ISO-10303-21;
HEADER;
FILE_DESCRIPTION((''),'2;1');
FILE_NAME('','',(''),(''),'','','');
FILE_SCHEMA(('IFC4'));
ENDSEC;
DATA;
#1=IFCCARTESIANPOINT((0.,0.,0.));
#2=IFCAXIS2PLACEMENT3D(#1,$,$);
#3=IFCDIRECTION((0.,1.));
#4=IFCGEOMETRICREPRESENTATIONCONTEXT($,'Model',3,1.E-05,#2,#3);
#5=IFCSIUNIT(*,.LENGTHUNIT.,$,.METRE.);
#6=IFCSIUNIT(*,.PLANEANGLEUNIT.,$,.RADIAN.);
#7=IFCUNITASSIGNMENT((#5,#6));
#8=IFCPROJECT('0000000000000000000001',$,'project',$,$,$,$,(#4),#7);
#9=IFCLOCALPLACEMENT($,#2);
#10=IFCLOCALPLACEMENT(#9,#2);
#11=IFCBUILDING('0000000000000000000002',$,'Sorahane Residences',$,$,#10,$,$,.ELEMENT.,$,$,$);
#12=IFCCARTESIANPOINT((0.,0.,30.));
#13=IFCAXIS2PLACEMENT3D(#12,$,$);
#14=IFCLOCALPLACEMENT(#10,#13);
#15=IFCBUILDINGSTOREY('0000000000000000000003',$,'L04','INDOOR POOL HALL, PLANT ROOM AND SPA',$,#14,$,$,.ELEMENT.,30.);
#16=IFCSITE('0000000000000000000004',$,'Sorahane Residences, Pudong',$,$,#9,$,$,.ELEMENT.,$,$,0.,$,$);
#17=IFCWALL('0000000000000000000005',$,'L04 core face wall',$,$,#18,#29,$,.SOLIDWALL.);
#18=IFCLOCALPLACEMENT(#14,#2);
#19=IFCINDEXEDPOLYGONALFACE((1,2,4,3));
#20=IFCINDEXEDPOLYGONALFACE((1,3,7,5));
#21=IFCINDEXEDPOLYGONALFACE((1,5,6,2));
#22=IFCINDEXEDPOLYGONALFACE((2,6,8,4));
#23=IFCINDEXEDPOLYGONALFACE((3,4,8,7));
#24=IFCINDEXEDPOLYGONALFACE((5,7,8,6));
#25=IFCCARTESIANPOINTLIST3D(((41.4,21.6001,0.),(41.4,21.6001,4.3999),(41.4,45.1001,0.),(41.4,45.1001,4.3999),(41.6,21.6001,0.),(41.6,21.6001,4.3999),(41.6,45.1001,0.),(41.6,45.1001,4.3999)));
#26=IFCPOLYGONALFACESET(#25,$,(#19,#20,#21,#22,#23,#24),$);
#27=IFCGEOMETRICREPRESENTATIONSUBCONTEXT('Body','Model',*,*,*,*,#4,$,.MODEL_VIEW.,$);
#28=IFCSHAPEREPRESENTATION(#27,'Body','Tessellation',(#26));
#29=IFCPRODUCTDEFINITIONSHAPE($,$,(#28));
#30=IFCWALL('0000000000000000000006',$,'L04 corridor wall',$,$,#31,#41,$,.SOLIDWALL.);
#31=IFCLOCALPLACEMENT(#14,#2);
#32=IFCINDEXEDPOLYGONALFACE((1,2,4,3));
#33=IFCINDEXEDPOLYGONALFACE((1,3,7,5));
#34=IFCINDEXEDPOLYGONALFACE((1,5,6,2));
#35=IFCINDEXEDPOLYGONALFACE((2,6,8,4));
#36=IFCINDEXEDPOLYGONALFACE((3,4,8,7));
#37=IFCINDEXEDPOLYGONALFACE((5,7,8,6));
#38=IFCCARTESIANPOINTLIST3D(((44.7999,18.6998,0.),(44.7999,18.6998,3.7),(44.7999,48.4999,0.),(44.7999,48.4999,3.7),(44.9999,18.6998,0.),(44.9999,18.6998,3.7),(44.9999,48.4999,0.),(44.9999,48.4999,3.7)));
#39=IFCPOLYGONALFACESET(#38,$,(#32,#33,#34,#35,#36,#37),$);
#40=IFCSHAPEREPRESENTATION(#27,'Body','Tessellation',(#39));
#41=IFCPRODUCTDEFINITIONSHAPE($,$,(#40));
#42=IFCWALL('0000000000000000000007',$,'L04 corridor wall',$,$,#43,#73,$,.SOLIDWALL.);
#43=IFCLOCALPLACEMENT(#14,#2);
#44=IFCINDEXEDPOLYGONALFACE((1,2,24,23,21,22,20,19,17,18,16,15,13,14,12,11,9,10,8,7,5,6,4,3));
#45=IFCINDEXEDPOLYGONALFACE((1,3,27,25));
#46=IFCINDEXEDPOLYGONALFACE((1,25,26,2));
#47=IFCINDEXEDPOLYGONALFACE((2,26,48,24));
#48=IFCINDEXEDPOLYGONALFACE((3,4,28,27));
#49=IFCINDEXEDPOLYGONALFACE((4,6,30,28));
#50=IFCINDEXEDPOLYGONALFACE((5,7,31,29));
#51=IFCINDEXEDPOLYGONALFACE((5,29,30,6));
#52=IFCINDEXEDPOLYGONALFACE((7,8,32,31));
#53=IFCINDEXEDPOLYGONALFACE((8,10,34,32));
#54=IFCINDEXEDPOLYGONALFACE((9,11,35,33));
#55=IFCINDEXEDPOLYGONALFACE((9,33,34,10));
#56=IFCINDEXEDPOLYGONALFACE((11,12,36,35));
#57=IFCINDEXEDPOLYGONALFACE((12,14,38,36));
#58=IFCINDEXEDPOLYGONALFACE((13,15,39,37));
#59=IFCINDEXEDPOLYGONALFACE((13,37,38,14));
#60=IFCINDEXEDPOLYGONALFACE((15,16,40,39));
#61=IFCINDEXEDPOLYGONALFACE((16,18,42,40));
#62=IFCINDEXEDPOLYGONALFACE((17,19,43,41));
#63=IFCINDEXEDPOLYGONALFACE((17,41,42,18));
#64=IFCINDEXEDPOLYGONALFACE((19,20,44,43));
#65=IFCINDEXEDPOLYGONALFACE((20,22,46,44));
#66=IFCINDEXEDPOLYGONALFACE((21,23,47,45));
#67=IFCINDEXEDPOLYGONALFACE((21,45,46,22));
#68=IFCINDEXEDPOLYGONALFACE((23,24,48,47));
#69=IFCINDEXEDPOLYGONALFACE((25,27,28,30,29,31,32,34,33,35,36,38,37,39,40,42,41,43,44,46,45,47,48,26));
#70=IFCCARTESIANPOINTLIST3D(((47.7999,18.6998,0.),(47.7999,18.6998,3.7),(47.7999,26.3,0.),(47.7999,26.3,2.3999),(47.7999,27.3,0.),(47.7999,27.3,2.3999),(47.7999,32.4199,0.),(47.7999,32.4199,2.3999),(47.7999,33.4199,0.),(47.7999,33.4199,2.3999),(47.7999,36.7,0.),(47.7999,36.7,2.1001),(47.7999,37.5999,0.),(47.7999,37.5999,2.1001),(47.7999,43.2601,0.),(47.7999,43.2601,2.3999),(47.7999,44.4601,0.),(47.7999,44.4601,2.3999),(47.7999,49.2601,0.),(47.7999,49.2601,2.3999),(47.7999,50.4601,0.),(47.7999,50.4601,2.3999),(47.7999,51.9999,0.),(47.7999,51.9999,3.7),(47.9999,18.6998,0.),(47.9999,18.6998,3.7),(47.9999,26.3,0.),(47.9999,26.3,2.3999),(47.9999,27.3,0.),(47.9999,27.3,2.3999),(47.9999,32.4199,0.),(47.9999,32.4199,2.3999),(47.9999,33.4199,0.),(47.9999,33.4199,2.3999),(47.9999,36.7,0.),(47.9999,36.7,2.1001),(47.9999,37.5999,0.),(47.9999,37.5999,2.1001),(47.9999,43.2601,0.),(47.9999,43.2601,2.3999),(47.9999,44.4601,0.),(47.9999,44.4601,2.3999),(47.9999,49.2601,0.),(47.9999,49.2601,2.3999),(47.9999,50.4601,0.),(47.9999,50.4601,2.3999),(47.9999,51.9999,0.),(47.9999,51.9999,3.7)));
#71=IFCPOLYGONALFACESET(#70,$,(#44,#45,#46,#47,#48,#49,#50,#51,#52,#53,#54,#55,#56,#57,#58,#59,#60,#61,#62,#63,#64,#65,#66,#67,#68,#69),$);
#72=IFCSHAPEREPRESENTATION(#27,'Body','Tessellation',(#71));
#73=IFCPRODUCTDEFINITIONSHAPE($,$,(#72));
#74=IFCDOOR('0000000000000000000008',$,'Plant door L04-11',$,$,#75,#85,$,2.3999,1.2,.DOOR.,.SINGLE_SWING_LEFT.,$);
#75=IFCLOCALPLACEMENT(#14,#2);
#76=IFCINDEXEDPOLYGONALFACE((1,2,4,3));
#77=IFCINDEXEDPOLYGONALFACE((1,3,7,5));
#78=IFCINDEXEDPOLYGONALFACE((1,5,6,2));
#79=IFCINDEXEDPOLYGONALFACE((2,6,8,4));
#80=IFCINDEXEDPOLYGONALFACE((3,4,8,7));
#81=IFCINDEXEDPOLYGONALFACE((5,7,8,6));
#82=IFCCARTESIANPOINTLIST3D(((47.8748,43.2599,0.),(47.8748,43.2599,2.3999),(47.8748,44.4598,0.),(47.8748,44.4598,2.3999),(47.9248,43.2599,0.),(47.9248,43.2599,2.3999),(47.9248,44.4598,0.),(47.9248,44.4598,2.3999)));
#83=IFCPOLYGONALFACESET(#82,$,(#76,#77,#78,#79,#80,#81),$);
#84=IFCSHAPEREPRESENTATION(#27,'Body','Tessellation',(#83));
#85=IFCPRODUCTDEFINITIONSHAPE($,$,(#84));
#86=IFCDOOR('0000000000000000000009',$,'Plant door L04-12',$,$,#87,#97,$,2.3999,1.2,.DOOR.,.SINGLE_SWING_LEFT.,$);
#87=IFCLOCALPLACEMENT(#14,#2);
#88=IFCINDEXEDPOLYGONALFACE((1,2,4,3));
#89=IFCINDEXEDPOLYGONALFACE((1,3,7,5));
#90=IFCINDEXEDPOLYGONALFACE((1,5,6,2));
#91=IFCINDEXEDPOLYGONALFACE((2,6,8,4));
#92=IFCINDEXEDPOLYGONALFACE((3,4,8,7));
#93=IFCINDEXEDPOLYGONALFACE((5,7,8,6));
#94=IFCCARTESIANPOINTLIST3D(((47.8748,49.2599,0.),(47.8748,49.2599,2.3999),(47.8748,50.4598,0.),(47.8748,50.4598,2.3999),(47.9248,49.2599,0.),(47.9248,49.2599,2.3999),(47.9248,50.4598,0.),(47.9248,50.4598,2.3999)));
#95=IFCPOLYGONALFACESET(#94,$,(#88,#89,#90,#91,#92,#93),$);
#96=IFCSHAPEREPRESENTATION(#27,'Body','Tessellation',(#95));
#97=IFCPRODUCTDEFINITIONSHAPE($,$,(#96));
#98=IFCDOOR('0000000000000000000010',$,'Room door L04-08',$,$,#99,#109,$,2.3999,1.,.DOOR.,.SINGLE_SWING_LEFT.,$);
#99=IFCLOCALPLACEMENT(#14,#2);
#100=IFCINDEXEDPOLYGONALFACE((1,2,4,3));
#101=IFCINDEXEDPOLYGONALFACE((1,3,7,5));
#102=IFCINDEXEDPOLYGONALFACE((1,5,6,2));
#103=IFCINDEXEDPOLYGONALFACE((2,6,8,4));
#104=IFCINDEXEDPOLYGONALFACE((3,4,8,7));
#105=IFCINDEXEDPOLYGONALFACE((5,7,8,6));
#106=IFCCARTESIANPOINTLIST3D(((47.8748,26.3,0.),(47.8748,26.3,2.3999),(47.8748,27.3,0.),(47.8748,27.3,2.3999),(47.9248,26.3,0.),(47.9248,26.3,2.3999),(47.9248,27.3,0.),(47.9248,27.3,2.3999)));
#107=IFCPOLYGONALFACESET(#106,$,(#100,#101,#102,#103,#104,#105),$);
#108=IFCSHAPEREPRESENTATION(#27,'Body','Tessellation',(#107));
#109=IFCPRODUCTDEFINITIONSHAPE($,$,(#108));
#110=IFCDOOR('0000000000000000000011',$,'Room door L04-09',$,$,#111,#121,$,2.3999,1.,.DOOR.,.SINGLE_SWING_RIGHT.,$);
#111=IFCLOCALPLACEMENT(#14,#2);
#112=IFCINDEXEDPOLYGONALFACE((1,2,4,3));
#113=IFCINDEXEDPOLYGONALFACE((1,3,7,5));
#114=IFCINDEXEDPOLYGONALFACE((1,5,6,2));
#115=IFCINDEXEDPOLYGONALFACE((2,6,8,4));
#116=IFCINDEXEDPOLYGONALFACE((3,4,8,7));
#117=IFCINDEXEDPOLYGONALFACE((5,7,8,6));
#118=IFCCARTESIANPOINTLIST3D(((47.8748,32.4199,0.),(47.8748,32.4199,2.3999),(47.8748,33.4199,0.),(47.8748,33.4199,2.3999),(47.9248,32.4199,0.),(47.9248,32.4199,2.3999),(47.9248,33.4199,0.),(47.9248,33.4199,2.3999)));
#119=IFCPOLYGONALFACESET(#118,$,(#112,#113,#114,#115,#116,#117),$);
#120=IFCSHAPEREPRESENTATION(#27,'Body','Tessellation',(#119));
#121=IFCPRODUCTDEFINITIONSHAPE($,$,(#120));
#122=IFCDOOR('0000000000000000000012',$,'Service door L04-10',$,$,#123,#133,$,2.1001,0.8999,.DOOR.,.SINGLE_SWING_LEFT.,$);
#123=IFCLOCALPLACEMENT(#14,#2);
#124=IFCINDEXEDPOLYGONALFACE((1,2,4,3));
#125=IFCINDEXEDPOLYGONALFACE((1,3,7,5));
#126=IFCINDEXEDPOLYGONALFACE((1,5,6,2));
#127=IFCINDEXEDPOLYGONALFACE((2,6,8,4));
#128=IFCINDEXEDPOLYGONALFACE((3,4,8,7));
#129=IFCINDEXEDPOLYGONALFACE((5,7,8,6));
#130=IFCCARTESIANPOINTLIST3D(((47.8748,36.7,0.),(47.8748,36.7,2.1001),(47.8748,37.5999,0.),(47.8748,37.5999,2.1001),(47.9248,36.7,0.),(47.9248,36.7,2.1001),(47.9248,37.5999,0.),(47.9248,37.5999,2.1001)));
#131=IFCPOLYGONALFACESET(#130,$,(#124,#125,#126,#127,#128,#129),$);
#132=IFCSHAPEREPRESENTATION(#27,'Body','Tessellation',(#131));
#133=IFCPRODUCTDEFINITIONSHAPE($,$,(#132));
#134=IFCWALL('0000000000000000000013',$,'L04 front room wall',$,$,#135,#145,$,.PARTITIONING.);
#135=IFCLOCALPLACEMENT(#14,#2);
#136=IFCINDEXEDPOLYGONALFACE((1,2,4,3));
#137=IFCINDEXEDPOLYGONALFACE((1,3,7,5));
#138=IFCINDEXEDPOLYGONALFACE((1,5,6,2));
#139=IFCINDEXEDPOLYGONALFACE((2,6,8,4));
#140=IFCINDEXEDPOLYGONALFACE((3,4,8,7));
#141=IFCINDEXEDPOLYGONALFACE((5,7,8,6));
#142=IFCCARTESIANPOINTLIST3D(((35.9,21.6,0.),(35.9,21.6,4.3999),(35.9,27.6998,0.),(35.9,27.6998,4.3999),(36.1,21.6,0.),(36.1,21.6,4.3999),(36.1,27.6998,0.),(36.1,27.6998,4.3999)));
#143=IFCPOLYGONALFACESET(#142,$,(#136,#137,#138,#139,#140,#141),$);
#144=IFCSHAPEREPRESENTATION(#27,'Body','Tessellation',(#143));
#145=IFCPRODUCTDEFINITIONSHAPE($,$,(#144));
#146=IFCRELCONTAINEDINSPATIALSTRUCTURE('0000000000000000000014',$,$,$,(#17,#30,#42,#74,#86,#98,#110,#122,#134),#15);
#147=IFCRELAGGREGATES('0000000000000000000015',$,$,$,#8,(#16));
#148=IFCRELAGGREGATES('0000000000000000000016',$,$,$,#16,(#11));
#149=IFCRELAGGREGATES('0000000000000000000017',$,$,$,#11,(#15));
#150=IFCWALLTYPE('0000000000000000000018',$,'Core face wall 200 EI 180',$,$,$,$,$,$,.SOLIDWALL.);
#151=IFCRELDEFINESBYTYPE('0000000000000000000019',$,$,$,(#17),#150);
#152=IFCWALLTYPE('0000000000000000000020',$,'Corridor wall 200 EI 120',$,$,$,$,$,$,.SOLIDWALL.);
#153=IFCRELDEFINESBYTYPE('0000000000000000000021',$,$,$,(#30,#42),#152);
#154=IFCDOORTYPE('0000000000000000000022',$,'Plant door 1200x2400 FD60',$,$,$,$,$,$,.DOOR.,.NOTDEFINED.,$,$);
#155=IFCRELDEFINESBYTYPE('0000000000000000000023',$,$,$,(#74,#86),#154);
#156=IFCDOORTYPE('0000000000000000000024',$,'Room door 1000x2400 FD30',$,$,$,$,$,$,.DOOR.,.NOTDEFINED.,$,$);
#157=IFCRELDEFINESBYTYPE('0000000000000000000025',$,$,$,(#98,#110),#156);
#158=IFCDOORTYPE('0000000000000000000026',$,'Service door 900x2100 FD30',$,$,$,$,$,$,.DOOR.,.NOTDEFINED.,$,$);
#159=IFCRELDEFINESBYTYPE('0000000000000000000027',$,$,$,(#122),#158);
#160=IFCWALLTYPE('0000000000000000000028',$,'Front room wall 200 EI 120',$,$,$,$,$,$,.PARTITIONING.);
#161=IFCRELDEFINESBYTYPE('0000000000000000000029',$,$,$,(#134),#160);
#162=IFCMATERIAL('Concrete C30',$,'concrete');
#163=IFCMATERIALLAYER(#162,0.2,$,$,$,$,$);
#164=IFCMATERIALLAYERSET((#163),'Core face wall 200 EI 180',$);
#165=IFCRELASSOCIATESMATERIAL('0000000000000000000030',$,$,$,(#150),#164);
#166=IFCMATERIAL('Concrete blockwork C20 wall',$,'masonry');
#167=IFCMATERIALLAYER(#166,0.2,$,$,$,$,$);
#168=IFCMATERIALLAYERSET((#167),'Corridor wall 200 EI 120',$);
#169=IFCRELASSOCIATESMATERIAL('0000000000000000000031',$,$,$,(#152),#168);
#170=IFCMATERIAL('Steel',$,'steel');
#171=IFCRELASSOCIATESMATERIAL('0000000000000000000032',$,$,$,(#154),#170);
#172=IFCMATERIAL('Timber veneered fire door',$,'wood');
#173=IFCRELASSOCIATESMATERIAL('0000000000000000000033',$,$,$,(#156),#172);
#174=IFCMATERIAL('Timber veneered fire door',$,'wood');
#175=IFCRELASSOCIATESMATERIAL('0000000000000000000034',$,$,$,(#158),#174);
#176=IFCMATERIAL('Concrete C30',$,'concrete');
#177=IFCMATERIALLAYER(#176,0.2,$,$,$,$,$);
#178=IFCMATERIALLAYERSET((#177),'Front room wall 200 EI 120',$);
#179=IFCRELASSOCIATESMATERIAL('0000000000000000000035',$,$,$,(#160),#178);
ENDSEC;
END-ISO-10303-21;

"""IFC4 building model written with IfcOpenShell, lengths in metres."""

from ifc_helpers import new_model, si_unit, direction, frame, frame_2d, origin, place, context, subcontext, project, spatial, rectangle, extrude, material, layer, layer_set, type_object, element, fill, save


model = new_model("IFC4")

# Units and contexts
model_context = context("Model", 3, precision=1e-05, world=origin(), true_north=direction((0.0, 1.0)))
body_context = subcontext(model_context, "Body", "Model", "MODEL_VIEW")
ifc_project = project(units=[si_unit("LENGTHUNIT", "METRE"), si_unit("PLANEANGLEUNIT", "RADIAN")], contexts=[model_context])

# Site, building, storey
site_placement = place(None, origin())
site = spatial("IfcSite", under=ifc_project, at=site_placement, Name="Sorahane Residences, Pudong", CompositionType="ELEMENT", RefElevation=0.0)
building_placement = place(site_placement, origin())
building = spatial("IfcBuilding", under=site, at=building_placement, Name="Sorahane Residences", CompositionType="ELEMENT")
storey_placement = place(building_placement, frame((0.0, 0.0, 30.0)))
storey = spatial("IfcBuildingStorey", under=building, at=storey_placement, Name="L04", Description="INDOOR POOL HALL, PLANT ROOM AND SPA", CompositionType="ELEMENT", Elevation=30.0)

# Walls
ifc_material_1 = material(Name="Concrete C30", Category="concrete")
ifc_layer_1 = layer(ifc_material_1, 0.2)
ifc_layer_set_1 = layer_set([ifc_layer_1], Name="Core face wall 200 EI 180")
wall_type_1 = type_object("IfcWallType", Name="Core face wall 200 EI 180", PredefinedType="SOLIDWALL", material=ifc_layer_set_1)
wall_1_placement = place(storey_placement, frame((41.5, 21.6001, 0.0), z_axis=(0.0, 0.0, 1.0), x_axis=(0.0, 1.0, 0.0)))
element("IfcWall", 1, at=wall_1_placement, inside=storey, type_object=wall_type_1, Name="L04 core face wall", PredefinedType="SOLIDWALL", context=body_context, shape_type="SweptSolid", body=[
    extrude(rectangle(XDim=23.5, YDim=0.2, at=frame_2d((11.75, 0.0))), origin(), (0.0, 0.0, 1.0), 4.3999),
])
ifc_material_2 = material(Name="Concrete blockwork C20 wall", Category="masonry")
ifc_layer_2 = layer(ifc_material_2, 0.2)
ifc_layer_set_2 = layer_set([ifc_layer_2], Name="Corridor wall 200 EI 120")
wall_type_2 = type_object("IfcWallType", Name="Corridor wall 200 EI 120", PredefinedType="SOLIDWALL", material=ifc_layer_set_2)
wall_2_placement = place(storey_placement, frame((44.8999, 18.7, 0.0), z_axis=(0.0, 0.0, 1.0), x_axis=(0.0, 1.0, 0.0)))
element("IfcWall", 2, at=wall_2_placement, inside=storey, type_object=wall_type_2, Name="L04 corridor wall", PredefinedType="SOLIDWALL", context=body_context, shape_type="SweptSolid", body=[
    extrude(rectangle(XDim=29.8, YDim=0.2, at=frame_2d((14.8999, 0.0))), origin(), (0.0, 0.0, 1.0), 3.7),
])

# Wall, openings, doors
wall_3_placement = place(storey_placement, frame((47.8999, 18.7, 0.0), z_axis=(0.0, 0.0, 1.0), x_axis=(0.0, 1.0, 0.0)))
wall_3 = element("IfcWall", 3, at=wall_3_placement, inside=storey, type_object=wall_type_2, Name="L04 corridor wall", PredefinedType="SOLIDWALL", context=body_context, shape_type="SweptSolid", body=[
    extrude(rectangle(XDim=33.3, YDim=0.2, at=frame_2d((16.6499, 0.0))), origin(), (0.0, 0.0, 1.0), 3.7),
])
opening_1_placement = place(wall_3_placement, frame((7.6001, 0.0, 0.0)))
opening_1 = element("IfcOpeningElement", 4, at=opening_1_placement, cuts=wall_3, PredefinedType="OPENING", context=body_context, shape_type="SweptSolid", body=[
    extrude(rectangle(XDim=1.0, YDim=2.3999, at=frame_2d((0.5, 1.2))), frame((0.0, 0.1099, 0.0), z_axis=(0.0, -1.0, 0.0), x_axis=(1.0, 0.0, 0.0)), (0.0, 0.0, 1.0), 0.22),
])
opening_2_placement = place(wall_3_placement, frame((13.72, 0.0, 0.0)))
opening_2 = element("IfcOpeningElement", 5, at=opening_2_placement, cuts=wall_3, PredefinedType="OPENING", context=body_context, shape_type="SweptSolid", body=[
    extrude(rectangle(XDim=1.0, YDim=2.3999, at=frame_2d((0.5, 1.2))), frame((0.0, 0.1099, 0.0), z_axis=(0.0, -1.0, 0.0), x_axis=(1.0, 0.0, 0.0)), (0.0, 0.0, 1.0), 0.22),
])
opening_3_placement = place(wall_3_placement, frame((18.0, 0.0, 0.0)))
opening_3 = element("IfcOpeningElement", 6, at=opening_3_placement, cuts=wall_3, PredefinedType="OPENING", context=body_context, shape_type="SweptSolid", body=[
    extrude(rectangle(XDim=0.8999, YDim=2.1001, at=frame_2d((0.45, 1.05))), frame((0.0, 0.1099, 0.0), z_axis=(0.0, -1.0, 0.0), x_axis=(1.0, 0.0, 0.0)), (0.0, 0.0, 1.0), 0.22),
])
opening_4_placement = place(wall_3_placement, frame((24.5601, 0.0, 0.0)))
opening_4 = element("IfcOpeningElement", 7, at=opening_4_placement, cuts=wall_3, PredefinedType="OPENING", context=body_context, shape_type="SweptSolid", body=[
    extrude(rectangle(XDim=1.2, YDim=2.3999, at=frame_2d((0.6001, 1.2))), frame((0.0, 0.1099, 0.0), z_axis=(0.0, -1.0, 0.0), x_axis=(1.0, 0.0, 0.0)), (0.0, 0.0, 1.0), 0.22),
])
opening_5_placement = place(wall_3_placement, frame((30.5601, 0.0, 0.0)))
opening_5 = element("IfcOpeningElement", 8, at=opening_5_placement, cuts=wall_3, PredefinedType="OPENING", context=body_context, shape_type="SweptSolid", body=[
    extrude(rectangle(XDim=1.2, YDim=2.3999, at=frame_2d((0.6001, 1.2))), frame((0.0, 0.1099, 0.0), z_axis=(0.0, -1.0, 0.0), x_axis=(1.0, 0.0, 0.0)), (0.0, 0.0, 1.0), 0.22),
])
ifc_material_3 = material(Name="Steel", Category="steel")
door_type_1 = type_object("IfcDoorType", Name="Plant door 1200x2400 FD60", OperationType="NOTDEFINED", PredefinedType="DOOR", material=ifc_material_3)
door_1_placement = place(opening_4_placement, frame((1.2, 0.0, 0.0), z_axis=(0.0, 0.0, 1.0), x_axis=(-1.0, 0.0, 0.0)))
door_1 = element("IfcDoor", 9, at=door_1_placement, inside=storey, type_object=door_type_1, Name="Plant door L04-11", OperationType="SINGLE_SWING_LEFT", OverallHeight=2.3999, OverallWidth=1.2, PredefinedType="DOOR", context=body_context, shape_type="SweptSolid", body=[
    extrude(rectangle(XDim=1.2, YDim=2.3999, at=frame_2d((0.6001, 1.2))), frame((0.0, 0.0249, 0.0), z_axis=(0.0, -1.0, 0.0), x_axis=(1.0, 0.0, 0.0)), (0.0, 0.0, 1.0), 0.05),
])
fill(opening_4, door_1)
door_2_placement = place(opening_5_placement, frame((1.2, 0.0, 0.0), z_axis=(0.0, 0.0, 1.0), x_axis=(-1.0, 0.0, 0.0)))
door_2 = element("IfcDoor", 10, at=door_2_placement, inside=storey, type_object=door_type_1, Name="Plant door L04-12", OperationType="SINGLE_SWING_LEFT", OverallHeight=2.3999, OverallWidth=1.2, PredefinedType="DOOR", context=body_context, shape_type="SweptSolid", body=[
    extrude(rectangle(XDim=1.2, YDim=2.3999, at=frame_2d((0.6001, 1.2))), frame((0.0, 0.0249, 0.0), z_axis=(0.0, -1.0, 0.0), x_axis=(1.0, 0.0, 0.0)), (0.0, 0.0, 1.0), 0.05),
])
fill(opening_5, door_2)
ifc_material_4 = material(Name="Timber veneered fire door", Category="wood")
door_type_2 = type_object("IfcDoorType", Name="Room door 1000x2400 FD30", OperationType="NOTDEFINED", PredefinedType="DOOR", material=ifc_material_4)
door_3_placement = place(opening_1_placement, frame((1.0, 0.0, 0.0), z_axis=(0.0, 0.0, 1.0), x_axis=(-1.0, 0.0, 0.0)))
door_3 = element("IfcDoor", 11, at=door_3_placement, inside=storey, type_object=door_type_2, Name="Room door L04-08", OperationType="SINGLE_SWING_LEFT", OverallHeight=2.3999, OverallWidth=1.0, PredefinedType="DOOR", context=body_context, shape_type="SweptSolid", body=[
    extrude(rectangle(XDim=1.0, YDim=2.3999, at=frame_2d((0.5, 1.2))), frame((0.0, 0.0249, 0.0), z_axis=(0.0, -1.0, 0.0), x_axis=(1.0, 0.0, 0.0)), (0.0, 0.0, 1.0), 0.05),
])
fill(opening_1, door_3)
door_4_placement = place(opening_2_placement, frame((1.0, 0.0, 0.0), z_axis=(0.0, 0.0, 1.0), x_axis=(-1.0, 0.0, 0.0)))
door_4 = element("IfcDoor", 12, at=door_4_placement, inside=storey, type_object=door_type_2, Name="Room door L04-09", OperationType="SINGLE_SWING_RIGHT", OverallHeight=2.3999, OverallWidth=1.0, PredefinedType="DOOR", context=body_context, shape_type="SweptSolid", body=[
    extrude(rectangle(XDim=1.0, YDim=2.3999, at=frame_2d((0.5, 1.2))), frame((0.0, 0.0249, 0.0), z_axis=(0.0, -1.0, 0.0), x_axis=(1.0, 0.0, 0.0)), (0.0, 0.0, 1.0), 0.05),
])
fill(opening_2, door_4)
ifc_material_5 = material(Name="Timber veneered fire door", Category="wood")
door_type_3 = type_object("IfcDoorType", Name="Service door 900x2100 FD30", OperationType="NOTDEFINED", PredefinedType="DOOR", material=ifc_material_5)
door_5_placement = place(opening_3_placement, frame((0.8999, 0.0, 0.0), z_axis=(0.0, 0.0, 1.0), x_axis=(-1.0, 0.0, 0.0)))
door_5 = element("IfcDoor", 13, at=door_5_placement, inside=storey, type_object=door_type_3, Name="Service door L04-10", OperationType="SINGLE_SWING_LEFT", OverallHeight=2.1001, OverallWidth=0.8999, PredefinedType="DOOR", context=body_context, shape_type="SweptSolid", body=[
    extrude(rectangle(XDim=0.8999, YDim=2.1001, at=frame_2d((0.45, 1.05))), frame((0.0, 0.0249, 0.0), z_axis=(0.0, -1.0, 0.0), x_axis=(1.0, 0.0, 0.0)), (0.0, 0.0, 1.0), 0.05),
])
fill(opening_3, door_5)

# Wall
ifc_material_6 = material(Name="Concrete C30", Category="concrete")
ifc_layer_3 = layer(ifc_material_6, 0.2)
ifc_layer_set_3 = layer_set([ifc_layer_3], Name="Front room wall 200 EI 120")
wall_type_3 = type_object("IfcWallType", Name="Front room wall 200 EI 120", PredefinedType="PARTITIONING", material=ifc_layer_set_3)
wall_4_placement = place(storey_placement, frame((36.0, 21.6001, 0.0), z_axis=(0.0, 0.0, 1.0), x_axis=(0.0, 1.0, 0.0)))
element("IfcWall", 14, at=wall_4_placement, inside=storey, type_object=wall_type_3, Name="L04 front room wall", PredefinedType="PARTITIONING", context=body_context, shape_type="SweptSolid", body=[
    extrude(rectangle(XDim=6.0999, YDim=0.2, at=frame_2d((3.0498, 0.0))), origin(), (0.0, 0.0, 1.0), 4.3999),
])

save(model, "model.ifc")
